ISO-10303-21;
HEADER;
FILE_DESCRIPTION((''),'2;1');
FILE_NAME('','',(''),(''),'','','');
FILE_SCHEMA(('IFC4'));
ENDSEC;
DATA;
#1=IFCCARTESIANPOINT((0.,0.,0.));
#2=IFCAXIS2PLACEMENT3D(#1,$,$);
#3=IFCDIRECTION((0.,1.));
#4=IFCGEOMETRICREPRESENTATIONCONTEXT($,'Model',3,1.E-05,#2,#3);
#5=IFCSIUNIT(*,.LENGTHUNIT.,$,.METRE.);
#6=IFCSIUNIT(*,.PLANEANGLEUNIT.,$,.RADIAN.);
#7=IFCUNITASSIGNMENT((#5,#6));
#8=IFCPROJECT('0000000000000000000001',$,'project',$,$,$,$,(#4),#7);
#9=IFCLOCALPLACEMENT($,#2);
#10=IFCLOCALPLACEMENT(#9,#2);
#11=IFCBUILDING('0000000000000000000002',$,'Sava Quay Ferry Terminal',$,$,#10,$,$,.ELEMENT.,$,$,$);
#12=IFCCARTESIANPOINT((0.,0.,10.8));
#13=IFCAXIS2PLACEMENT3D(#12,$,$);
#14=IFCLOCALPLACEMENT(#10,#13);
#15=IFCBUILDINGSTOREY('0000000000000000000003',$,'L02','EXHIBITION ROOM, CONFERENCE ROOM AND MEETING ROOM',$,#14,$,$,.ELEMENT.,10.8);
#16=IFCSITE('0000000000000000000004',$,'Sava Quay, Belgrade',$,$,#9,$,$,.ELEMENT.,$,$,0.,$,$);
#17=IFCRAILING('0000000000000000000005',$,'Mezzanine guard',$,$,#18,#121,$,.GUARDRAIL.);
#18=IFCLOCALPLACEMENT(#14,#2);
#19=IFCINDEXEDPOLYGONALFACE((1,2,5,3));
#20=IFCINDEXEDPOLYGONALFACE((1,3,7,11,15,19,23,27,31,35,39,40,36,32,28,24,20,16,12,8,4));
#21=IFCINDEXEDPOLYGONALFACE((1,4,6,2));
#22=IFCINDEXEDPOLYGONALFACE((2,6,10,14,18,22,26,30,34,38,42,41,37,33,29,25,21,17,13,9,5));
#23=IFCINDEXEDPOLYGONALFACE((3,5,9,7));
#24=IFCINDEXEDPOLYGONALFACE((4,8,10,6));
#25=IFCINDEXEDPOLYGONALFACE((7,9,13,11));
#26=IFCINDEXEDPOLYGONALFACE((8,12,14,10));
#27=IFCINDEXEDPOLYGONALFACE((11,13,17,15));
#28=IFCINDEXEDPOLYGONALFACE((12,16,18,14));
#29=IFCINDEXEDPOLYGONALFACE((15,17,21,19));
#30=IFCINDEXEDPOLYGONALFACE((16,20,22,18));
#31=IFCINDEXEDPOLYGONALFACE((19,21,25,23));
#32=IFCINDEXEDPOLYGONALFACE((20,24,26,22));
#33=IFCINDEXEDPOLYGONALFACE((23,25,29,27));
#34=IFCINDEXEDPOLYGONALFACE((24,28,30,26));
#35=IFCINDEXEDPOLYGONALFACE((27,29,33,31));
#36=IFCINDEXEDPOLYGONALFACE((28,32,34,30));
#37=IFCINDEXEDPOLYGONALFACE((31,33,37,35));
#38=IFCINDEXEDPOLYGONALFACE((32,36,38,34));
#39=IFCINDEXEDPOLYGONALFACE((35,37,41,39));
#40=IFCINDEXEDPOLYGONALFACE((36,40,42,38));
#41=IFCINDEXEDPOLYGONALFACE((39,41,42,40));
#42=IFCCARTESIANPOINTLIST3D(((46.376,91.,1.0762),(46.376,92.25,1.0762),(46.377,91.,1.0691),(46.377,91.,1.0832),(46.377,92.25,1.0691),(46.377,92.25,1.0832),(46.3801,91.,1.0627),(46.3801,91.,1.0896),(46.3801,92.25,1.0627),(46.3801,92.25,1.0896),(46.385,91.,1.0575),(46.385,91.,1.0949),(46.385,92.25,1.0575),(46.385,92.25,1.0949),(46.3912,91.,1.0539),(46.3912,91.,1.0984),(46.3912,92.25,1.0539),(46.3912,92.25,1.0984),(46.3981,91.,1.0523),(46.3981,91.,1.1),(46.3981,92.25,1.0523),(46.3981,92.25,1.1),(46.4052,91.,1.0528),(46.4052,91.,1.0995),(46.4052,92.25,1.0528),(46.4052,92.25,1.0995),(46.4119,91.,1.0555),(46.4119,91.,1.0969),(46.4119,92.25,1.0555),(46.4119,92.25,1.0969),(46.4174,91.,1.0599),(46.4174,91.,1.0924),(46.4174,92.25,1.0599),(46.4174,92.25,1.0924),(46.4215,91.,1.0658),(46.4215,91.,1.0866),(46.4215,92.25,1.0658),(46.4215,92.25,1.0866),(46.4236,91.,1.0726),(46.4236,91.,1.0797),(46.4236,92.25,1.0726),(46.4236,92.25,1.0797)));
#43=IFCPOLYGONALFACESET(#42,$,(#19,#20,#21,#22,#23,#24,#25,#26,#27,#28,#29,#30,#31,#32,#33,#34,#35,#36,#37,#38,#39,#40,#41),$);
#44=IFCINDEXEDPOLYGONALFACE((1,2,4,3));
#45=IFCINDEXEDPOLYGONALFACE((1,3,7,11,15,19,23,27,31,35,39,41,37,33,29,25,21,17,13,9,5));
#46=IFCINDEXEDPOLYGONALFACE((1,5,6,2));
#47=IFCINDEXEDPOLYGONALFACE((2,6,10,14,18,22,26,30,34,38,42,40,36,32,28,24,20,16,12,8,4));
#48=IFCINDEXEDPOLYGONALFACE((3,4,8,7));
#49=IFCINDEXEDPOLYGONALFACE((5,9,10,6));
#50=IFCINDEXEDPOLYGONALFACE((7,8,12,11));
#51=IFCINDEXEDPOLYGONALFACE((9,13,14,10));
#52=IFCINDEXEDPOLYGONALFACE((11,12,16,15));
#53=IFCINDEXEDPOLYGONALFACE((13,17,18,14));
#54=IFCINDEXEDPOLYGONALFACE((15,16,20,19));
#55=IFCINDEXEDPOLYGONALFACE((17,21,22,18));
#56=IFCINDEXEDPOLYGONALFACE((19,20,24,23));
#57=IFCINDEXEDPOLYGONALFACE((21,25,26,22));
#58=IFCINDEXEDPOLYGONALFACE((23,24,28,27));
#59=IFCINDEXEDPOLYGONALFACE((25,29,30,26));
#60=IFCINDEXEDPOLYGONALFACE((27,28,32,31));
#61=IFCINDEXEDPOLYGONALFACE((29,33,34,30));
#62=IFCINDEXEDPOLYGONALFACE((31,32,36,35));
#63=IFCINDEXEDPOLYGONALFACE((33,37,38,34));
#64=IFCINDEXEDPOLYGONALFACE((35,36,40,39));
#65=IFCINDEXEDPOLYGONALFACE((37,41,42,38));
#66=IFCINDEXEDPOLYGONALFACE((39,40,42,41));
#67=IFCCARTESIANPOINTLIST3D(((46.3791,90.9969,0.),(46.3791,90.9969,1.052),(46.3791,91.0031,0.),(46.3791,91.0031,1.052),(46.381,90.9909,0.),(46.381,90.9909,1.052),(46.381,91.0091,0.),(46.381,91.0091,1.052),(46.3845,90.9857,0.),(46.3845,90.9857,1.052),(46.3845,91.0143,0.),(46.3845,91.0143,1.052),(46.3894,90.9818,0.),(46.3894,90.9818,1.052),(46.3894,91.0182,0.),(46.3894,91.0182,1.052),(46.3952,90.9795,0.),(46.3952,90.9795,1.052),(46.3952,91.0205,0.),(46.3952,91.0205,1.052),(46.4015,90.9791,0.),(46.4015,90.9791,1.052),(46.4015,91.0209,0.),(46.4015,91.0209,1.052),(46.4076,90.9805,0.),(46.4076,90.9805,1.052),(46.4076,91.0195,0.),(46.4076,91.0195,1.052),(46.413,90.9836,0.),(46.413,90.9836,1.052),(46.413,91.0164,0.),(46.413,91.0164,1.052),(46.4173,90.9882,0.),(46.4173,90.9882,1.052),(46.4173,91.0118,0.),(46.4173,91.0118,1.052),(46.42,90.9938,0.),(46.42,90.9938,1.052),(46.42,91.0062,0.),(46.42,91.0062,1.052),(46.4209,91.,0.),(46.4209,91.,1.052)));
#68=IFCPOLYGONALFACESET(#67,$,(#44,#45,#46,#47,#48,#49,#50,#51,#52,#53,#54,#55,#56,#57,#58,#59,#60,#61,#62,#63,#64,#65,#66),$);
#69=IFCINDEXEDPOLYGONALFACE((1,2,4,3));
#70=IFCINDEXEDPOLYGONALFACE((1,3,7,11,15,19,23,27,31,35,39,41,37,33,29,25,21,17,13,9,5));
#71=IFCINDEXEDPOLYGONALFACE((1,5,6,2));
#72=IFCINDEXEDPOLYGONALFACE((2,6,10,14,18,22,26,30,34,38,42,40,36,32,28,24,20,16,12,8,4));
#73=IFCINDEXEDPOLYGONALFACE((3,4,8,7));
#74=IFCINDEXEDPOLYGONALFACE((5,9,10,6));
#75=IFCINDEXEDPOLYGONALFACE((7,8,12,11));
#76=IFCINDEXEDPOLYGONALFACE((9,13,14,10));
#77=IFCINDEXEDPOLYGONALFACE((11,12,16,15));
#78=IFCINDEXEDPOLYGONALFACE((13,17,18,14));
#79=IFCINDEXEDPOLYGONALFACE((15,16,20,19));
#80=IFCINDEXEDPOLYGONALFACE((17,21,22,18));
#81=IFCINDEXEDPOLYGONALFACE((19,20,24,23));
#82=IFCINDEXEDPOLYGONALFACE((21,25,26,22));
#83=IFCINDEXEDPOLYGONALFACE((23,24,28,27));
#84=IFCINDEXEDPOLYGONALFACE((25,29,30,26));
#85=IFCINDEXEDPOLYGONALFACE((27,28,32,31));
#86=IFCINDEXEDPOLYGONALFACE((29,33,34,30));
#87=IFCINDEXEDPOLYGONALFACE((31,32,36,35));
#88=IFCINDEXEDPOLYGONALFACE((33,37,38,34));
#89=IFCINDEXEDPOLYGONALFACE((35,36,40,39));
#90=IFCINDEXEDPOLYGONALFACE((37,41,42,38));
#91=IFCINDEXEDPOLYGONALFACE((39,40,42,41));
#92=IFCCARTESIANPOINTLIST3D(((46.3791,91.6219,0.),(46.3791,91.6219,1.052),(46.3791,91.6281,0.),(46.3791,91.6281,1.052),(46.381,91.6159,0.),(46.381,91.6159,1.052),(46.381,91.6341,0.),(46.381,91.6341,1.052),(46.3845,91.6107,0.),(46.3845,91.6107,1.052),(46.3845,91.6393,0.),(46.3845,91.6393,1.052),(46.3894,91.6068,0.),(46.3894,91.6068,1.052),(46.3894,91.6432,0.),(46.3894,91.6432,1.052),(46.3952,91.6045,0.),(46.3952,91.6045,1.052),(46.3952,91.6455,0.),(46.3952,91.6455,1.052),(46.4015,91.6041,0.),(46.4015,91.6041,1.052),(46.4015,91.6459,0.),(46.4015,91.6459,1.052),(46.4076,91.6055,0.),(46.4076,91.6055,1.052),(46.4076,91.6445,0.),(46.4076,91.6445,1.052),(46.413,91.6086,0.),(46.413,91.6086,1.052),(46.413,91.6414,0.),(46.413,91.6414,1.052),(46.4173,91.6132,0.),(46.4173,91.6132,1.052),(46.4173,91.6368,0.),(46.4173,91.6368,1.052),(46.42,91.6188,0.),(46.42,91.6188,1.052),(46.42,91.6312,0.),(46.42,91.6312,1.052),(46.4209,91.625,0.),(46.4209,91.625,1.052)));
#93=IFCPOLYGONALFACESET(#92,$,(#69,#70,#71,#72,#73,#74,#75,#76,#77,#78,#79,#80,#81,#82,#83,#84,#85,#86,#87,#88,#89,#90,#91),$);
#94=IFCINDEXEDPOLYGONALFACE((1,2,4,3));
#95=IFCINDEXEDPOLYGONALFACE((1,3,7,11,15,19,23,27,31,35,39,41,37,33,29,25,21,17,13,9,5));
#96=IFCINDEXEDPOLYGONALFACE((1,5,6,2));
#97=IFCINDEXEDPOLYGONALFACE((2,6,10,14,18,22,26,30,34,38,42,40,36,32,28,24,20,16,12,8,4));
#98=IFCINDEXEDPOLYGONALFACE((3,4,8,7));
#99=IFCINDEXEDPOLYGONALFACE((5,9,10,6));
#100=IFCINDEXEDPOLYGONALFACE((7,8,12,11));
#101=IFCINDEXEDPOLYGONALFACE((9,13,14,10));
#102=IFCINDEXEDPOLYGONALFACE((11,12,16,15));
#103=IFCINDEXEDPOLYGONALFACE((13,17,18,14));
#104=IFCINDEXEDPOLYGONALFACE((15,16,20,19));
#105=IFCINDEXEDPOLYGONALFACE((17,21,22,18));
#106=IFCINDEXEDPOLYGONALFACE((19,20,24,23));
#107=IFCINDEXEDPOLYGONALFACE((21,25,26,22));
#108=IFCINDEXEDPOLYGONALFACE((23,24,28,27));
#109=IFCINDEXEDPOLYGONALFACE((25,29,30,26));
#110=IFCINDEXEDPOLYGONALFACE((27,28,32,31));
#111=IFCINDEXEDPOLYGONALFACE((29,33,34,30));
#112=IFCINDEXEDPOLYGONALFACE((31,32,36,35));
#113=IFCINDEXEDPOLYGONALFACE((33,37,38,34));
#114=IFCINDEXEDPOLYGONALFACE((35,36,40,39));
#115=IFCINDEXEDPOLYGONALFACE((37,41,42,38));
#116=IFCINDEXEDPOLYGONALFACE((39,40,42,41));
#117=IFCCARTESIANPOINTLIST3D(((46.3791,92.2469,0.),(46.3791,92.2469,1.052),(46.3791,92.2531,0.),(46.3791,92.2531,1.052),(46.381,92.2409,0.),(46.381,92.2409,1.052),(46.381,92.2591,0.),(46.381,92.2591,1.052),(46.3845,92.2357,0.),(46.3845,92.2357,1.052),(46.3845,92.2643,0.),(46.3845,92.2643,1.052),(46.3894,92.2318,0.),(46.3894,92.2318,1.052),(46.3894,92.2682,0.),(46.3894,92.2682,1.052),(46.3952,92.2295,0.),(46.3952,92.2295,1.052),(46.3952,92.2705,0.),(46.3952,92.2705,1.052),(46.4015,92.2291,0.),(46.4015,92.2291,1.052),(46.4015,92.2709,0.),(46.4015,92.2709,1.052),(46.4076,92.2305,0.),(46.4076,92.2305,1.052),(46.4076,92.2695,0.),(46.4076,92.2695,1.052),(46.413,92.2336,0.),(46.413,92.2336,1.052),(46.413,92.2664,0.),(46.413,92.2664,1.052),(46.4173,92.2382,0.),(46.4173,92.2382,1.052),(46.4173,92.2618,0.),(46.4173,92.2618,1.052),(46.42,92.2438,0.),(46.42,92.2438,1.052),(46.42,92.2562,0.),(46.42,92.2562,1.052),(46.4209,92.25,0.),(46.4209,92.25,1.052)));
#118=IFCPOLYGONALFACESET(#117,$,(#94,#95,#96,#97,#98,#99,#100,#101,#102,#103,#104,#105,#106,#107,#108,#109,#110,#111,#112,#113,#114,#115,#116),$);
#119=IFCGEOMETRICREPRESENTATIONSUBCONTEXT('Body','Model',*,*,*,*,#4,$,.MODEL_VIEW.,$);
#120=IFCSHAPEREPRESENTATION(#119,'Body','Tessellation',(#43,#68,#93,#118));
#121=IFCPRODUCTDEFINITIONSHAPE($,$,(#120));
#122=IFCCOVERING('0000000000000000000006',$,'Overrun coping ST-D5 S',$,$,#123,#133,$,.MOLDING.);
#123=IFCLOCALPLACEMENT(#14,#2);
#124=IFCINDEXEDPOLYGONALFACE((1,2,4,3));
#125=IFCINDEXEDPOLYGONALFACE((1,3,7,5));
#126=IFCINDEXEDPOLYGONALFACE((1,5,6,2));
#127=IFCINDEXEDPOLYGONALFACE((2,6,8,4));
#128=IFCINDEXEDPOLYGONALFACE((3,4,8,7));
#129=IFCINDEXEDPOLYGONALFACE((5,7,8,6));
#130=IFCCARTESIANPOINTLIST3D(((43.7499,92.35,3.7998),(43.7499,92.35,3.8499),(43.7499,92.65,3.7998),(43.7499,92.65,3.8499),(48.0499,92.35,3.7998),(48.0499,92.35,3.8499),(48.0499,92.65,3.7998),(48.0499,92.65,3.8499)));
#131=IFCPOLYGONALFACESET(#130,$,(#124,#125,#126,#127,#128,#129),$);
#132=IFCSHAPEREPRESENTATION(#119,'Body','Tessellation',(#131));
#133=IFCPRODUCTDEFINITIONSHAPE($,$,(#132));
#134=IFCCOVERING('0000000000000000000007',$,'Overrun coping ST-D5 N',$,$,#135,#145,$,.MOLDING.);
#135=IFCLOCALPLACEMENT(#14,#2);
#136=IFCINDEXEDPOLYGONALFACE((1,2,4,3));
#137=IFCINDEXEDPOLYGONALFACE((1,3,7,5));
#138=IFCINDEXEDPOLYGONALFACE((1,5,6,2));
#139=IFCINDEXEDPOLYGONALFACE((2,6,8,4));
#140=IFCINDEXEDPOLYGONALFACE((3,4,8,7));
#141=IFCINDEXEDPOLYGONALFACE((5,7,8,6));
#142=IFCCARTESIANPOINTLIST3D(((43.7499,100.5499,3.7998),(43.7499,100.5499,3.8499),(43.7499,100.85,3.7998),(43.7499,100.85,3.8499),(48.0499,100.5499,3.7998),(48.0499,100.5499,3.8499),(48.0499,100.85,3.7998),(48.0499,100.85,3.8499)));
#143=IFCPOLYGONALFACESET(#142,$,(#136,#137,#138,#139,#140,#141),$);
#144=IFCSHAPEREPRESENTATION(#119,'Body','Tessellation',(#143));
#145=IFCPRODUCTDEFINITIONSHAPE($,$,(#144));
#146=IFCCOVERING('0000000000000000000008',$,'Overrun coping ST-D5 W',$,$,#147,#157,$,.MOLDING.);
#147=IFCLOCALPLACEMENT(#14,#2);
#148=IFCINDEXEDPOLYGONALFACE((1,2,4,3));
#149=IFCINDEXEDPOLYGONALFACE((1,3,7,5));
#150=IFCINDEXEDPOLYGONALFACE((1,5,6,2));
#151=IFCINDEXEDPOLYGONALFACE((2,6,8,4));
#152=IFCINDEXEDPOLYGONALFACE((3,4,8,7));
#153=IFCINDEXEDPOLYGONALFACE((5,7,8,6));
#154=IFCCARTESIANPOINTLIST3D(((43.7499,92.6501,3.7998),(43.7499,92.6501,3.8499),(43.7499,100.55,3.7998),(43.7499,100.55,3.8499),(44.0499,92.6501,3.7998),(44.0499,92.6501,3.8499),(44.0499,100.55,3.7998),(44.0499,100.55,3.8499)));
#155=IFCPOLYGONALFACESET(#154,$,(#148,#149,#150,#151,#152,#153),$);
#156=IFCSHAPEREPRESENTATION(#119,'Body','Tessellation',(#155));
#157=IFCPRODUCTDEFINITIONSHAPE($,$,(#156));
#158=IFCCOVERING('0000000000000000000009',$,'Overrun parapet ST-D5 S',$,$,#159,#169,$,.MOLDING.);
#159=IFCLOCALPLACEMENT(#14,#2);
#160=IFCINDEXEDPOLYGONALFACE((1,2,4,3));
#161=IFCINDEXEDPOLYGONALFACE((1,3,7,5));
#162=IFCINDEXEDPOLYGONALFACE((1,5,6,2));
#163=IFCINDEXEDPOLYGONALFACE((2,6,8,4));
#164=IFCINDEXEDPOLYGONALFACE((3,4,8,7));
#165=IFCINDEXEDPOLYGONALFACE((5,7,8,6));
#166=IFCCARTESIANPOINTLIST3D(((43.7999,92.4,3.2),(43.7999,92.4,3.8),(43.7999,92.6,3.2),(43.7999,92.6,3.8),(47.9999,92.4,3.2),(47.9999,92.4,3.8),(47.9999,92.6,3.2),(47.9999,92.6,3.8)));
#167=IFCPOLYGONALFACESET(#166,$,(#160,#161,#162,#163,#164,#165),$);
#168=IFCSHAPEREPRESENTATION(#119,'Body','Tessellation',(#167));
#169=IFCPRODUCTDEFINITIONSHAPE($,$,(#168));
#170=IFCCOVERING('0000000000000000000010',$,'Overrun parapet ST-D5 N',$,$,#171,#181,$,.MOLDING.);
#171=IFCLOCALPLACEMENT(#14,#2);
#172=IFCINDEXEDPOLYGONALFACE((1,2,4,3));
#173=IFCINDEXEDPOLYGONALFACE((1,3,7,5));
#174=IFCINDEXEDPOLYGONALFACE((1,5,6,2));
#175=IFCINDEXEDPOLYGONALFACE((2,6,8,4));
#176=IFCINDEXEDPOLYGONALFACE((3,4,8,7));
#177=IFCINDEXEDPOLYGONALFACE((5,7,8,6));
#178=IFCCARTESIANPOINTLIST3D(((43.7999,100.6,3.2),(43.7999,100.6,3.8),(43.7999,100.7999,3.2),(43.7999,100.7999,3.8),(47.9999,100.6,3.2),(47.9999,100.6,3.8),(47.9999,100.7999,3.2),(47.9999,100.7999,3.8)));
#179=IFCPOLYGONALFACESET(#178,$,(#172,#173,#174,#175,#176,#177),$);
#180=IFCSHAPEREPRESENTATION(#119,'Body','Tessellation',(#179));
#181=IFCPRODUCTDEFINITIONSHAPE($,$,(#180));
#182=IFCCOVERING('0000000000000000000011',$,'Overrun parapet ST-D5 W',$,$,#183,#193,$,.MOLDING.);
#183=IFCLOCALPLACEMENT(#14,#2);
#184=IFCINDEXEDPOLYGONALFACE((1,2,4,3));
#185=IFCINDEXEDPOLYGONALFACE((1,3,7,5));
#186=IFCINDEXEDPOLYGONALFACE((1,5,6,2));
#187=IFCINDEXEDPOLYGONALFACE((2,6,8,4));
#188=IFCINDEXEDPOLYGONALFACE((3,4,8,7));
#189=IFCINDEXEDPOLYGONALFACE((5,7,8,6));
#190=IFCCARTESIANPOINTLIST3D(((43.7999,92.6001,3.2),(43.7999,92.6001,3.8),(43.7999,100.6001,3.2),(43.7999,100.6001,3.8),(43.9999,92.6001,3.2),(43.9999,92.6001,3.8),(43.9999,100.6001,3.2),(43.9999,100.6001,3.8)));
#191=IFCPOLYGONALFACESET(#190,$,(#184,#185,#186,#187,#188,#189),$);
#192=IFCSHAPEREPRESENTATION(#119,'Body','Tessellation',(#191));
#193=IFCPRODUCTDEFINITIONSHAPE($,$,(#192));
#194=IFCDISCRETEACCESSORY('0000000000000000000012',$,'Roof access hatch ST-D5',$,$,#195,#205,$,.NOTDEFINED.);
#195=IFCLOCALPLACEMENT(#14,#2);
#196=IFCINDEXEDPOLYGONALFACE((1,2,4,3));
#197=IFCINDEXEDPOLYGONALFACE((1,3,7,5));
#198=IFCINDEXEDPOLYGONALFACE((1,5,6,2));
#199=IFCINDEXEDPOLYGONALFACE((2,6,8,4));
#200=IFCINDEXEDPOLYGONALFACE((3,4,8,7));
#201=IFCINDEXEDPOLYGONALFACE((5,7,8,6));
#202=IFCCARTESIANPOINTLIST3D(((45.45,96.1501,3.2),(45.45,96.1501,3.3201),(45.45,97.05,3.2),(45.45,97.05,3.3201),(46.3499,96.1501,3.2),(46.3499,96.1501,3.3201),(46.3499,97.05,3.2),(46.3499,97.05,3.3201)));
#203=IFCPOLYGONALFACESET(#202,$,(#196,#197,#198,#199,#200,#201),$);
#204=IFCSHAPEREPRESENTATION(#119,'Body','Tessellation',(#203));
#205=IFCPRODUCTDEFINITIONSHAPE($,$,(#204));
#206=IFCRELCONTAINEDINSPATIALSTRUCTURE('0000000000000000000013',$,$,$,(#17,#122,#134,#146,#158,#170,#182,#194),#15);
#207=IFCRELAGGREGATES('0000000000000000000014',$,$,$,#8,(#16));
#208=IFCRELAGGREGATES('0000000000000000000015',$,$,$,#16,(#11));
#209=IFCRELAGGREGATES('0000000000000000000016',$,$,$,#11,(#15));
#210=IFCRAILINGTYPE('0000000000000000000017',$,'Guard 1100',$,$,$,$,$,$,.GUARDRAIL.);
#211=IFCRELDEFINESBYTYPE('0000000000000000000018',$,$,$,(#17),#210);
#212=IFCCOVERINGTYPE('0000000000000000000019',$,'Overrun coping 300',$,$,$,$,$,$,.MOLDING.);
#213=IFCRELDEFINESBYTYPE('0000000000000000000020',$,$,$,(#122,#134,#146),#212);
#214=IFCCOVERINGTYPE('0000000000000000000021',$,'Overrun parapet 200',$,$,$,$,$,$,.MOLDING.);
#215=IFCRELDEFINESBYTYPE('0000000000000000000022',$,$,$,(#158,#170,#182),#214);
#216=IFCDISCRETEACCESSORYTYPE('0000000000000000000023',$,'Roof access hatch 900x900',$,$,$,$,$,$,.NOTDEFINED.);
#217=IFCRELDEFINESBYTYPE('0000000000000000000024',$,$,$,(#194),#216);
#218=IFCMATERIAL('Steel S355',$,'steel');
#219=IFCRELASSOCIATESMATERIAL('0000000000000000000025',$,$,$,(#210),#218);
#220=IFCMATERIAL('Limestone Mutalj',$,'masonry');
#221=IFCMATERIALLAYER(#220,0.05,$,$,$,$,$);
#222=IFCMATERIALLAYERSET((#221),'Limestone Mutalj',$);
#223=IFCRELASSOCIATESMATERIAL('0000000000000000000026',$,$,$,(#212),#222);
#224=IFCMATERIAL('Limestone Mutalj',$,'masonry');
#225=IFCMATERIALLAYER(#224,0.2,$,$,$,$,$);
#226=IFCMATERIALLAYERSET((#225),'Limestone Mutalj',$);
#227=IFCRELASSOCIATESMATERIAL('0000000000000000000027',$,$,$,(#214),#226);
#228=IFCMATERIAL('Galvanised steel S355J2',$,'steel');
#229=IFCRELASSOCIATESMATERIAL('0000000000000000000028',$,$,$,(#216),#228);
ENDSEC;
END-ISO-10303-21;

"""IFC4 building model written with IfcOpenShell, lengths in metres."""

from ifc_helpers import new_model, si_unit, direction, frame, origin, origin_2d, place, context, subcontext, project, spatial, rectangle, circle, extrude, material, layer, layer_set, type_object, element, save


model = new_model("IFC4")

# Units and contexts
model_context = context("Model", 3, precision=1e-05, world=origin(), true_north=direction((0.0, 1.0)))
body_context = subcontext(model_context, "Body", "Model", "MODEL_VIEW")
ifc_project = project(units=[si_unit("LENGTHUNIT", "METRE"), si_unit("PLANEANGLEUNIT", "RADIAN")], contexts=[model_context])

# Site, building, storey
site_placement = place(None, origin())
site = spatial("IfcSite", under=ifc_project, at=site_placement, Name="Sava Quay, Belgrade", CompositionType="ELEMENT", RefElevation=0.0)
building_placement = place(site_placement, origin())
building = spatial("IfcBuilding", under=site, at=building_placement, Name="Sava Quay Ferry Terminal", CompositionType="ELEMENT")
storey_placement = place(building_placement, frame((0.0, 0.0, 10.8)))
storey = spatial("IfcBuildingStorey", under=building, at=storey_placement, Name="L02", Description="EXHIBITION ROOM, CONFERENCE ROOM AND MEETING ROOM", CompositionType="ELEMENT", Elevation=10.8)

# Railing
ifc_material_1 = material(Name="Steel S355", Category="steel")
railing_type = type_object("IfcRailingType", Name="Guard 1100", PredefinedType="GUARDRAIL", material=ifc_material_1)
railing_1_placement = place(storey_placement, frame((46.3999, 91.0, 0.0)))
element("IfcRailing", 1, at=railing_1_placement, inside=storey, type_object=railing_type, Name="Mezzanine guard", PredefinedType="GUARDRAIL", context=body_context, shape_type="SweptSolid", body=[
    extrude(circle(Radius=0.0239, at=origin_2d()), frame((0.0, 0.0, 1.0762), z_axis=(0.0, 1.0, 0.0), x_axis=(-1.0, 0.0, 0.0)), (0.0, 0.0, 1.0), 1.25),
    extrude(circle(Radius=0.021, at=origin_2d()), origin(), (0.0, 0.0, 1.0), 1.052),
    extrude(circle(Radius=0.021, at=origin_2d()), frame((0.0, 0.625, 0.0)), (0.0, 0.0, 1.0), 1.052),
    extrude(circle(Radius=0.021, at=origin_2d()), frame((0.0, 1.25, 0.0)), (0.0, 0.0, 1.0), 1.052),
])

# Coverings
ifc_material_2 = material(Name="Limestone Mutalj", Category="masonry")
ifc_layer_1 = layer(ifc_material_2, 0.05)
ifc_layer_set_1 = layer_set([ifc_layer_1], Name="Limestone Mutalj")
covering_type_1 = type_object("IfcCoveringType", Name="Overrun coping 300", PredefinedType="MOLDING", material=ifc_layer_set_1)
for number, where, z_axis, x_axis, name in (
    (2, (45.8999, 92.5, 3.7998), (0.0, 0.0, 1.0), (1.0, 0.0, 0.0), "Overrun coping ST-D5 S"),
    (3, (45.8999, 100.7, 3.7998), (0.0, 0.0, 1.0), (1.0, 0.0, 0.0), "Overrun coping ST-D5 N"),
):
    element("IfcCovering", number, at=place(storey_placement, frame(where, z_axis=z_axis, x_axis=x_axis)), inside=storey, type_object=covering_type_1, Name=name, PredefinedType="MOLDING", context=body_context, shape_type="SweptSolid", body=[
        extrude(rectangle(XDim=4.3, YDim=0.3, at=origin_2d()), origin(), (0.0, 0.0, 1.0), 0.05),
    ])
covering_1_placement = place(storey_placement, frame((43.8999, 96.6001, 3.7998), z_axis=(0.0, 0.0, 1.0), x_axis=(1.0, 0.0, 0.0)))
element("IfcCovering", 4, at=covering_1_placement, inside=storey, type_object=covering_type_1, Name="Overrun coping ST-D5 W", PredefinedType="MOLDING", context=body_context, shape_type="SweptSolid", body=[
    extrude(rectangle(XDim=0.3, YDim=7.8999, at=origin_2d()), origin(), (0.0, 0.0, 1.0), 0.05),
])
ifc_material_3 = material(Name="Limestone Mutalj", Category="masonry")
ifc_layer_2 = layer(ifc_material_3, 0.2)
ifc_layer_set_2 = layer_set([ifc_layer_2], Name="Limestone Mutalj")
covering_type_2 = type_object("IfcCoveringType", Name="Overrun parapet 200", PredefinedType="MOLDING", material=ifc_layer_set_2)
for number, where, z_axis, x_axis, name in (
    (5, (45.8999, 92.5, 3.2), (0.0, 0.0, 1.0), (1.0, 0.0, 0.0), "Overrun parapet ST-D5 S"),
    (6, (45.8999, 100.7, 3.2), (0.0, 0.0, 1.0), (1.0, 0.0, 0.0), "Overrun parapet ST-D5 N"),
):
    element("IfcCovering", number, at=place(storey_placement, frame(where, z_axis=z_axis, x_axis=x_axis)), inside=storey, type_object=covering_type_2, Name=name, PredefinedType="MOLDING", context=body_context, shape_type="SweptSolid", body=[
        extrude(rectangle(XDim=4.2, YDim=0.2, at=origin_2d()), origin(), (0.0, 0.0, 1.0), 0.6001),
    ])
covering_2_placement = place(storey_placement, frame((43.8999, 96.6001, 3.2), z_axis=(0.0, 0.0, 1.0), x_axis=(1.0, 0.0, 0.0)))
element("IfcCovering", 7, at=covering_2_placement, inside=storey, type_object=covering_type_2, Name="Overrun parapet ST-D5 W", PredefinedType="MOLDING", context=body_context, shape_type="SweptSolid", body=[
    extrude(rectangle(XDim=0.2, YDim=8.0, at=origin_2d()), origin(), (0.0, 0.0, 1.0), 0.6001),
])

# Discrete accessory
ifc_material_4 = material(Name="Galvanised steel S355J2", Category="steel")
discrete_accessory_type = type_object("IfcDiscreteAccessoryType", Name="Roof access hatch 900x900", PredefinedType="NOTDEFINED", material=ifc_material_4)
discrete_accessory_placement = place(storey_placement, frame((45.8999, 96.6001, 3.2), z_axis=(0.0, 0.0, 1.0), x_axis=(1.0, 0.0, 0.0)))
element("IfcDiscreteAccessory", 8, at=discrete_accessory_placement, inside=storey, type_object=discrete_accessory_type, Name="Roof access hatch ST-D5", PredefinedType="NOTDEFINED", context=body_context, shape_type="SweptSolid", body=[
    extrude(rectangle(XDim=0.8999, YDim=0.8999, at=origin_2d()), origin(), (0.0, 0.0, 1.0), 0.1201),
])

save(model, "model.ifc")
